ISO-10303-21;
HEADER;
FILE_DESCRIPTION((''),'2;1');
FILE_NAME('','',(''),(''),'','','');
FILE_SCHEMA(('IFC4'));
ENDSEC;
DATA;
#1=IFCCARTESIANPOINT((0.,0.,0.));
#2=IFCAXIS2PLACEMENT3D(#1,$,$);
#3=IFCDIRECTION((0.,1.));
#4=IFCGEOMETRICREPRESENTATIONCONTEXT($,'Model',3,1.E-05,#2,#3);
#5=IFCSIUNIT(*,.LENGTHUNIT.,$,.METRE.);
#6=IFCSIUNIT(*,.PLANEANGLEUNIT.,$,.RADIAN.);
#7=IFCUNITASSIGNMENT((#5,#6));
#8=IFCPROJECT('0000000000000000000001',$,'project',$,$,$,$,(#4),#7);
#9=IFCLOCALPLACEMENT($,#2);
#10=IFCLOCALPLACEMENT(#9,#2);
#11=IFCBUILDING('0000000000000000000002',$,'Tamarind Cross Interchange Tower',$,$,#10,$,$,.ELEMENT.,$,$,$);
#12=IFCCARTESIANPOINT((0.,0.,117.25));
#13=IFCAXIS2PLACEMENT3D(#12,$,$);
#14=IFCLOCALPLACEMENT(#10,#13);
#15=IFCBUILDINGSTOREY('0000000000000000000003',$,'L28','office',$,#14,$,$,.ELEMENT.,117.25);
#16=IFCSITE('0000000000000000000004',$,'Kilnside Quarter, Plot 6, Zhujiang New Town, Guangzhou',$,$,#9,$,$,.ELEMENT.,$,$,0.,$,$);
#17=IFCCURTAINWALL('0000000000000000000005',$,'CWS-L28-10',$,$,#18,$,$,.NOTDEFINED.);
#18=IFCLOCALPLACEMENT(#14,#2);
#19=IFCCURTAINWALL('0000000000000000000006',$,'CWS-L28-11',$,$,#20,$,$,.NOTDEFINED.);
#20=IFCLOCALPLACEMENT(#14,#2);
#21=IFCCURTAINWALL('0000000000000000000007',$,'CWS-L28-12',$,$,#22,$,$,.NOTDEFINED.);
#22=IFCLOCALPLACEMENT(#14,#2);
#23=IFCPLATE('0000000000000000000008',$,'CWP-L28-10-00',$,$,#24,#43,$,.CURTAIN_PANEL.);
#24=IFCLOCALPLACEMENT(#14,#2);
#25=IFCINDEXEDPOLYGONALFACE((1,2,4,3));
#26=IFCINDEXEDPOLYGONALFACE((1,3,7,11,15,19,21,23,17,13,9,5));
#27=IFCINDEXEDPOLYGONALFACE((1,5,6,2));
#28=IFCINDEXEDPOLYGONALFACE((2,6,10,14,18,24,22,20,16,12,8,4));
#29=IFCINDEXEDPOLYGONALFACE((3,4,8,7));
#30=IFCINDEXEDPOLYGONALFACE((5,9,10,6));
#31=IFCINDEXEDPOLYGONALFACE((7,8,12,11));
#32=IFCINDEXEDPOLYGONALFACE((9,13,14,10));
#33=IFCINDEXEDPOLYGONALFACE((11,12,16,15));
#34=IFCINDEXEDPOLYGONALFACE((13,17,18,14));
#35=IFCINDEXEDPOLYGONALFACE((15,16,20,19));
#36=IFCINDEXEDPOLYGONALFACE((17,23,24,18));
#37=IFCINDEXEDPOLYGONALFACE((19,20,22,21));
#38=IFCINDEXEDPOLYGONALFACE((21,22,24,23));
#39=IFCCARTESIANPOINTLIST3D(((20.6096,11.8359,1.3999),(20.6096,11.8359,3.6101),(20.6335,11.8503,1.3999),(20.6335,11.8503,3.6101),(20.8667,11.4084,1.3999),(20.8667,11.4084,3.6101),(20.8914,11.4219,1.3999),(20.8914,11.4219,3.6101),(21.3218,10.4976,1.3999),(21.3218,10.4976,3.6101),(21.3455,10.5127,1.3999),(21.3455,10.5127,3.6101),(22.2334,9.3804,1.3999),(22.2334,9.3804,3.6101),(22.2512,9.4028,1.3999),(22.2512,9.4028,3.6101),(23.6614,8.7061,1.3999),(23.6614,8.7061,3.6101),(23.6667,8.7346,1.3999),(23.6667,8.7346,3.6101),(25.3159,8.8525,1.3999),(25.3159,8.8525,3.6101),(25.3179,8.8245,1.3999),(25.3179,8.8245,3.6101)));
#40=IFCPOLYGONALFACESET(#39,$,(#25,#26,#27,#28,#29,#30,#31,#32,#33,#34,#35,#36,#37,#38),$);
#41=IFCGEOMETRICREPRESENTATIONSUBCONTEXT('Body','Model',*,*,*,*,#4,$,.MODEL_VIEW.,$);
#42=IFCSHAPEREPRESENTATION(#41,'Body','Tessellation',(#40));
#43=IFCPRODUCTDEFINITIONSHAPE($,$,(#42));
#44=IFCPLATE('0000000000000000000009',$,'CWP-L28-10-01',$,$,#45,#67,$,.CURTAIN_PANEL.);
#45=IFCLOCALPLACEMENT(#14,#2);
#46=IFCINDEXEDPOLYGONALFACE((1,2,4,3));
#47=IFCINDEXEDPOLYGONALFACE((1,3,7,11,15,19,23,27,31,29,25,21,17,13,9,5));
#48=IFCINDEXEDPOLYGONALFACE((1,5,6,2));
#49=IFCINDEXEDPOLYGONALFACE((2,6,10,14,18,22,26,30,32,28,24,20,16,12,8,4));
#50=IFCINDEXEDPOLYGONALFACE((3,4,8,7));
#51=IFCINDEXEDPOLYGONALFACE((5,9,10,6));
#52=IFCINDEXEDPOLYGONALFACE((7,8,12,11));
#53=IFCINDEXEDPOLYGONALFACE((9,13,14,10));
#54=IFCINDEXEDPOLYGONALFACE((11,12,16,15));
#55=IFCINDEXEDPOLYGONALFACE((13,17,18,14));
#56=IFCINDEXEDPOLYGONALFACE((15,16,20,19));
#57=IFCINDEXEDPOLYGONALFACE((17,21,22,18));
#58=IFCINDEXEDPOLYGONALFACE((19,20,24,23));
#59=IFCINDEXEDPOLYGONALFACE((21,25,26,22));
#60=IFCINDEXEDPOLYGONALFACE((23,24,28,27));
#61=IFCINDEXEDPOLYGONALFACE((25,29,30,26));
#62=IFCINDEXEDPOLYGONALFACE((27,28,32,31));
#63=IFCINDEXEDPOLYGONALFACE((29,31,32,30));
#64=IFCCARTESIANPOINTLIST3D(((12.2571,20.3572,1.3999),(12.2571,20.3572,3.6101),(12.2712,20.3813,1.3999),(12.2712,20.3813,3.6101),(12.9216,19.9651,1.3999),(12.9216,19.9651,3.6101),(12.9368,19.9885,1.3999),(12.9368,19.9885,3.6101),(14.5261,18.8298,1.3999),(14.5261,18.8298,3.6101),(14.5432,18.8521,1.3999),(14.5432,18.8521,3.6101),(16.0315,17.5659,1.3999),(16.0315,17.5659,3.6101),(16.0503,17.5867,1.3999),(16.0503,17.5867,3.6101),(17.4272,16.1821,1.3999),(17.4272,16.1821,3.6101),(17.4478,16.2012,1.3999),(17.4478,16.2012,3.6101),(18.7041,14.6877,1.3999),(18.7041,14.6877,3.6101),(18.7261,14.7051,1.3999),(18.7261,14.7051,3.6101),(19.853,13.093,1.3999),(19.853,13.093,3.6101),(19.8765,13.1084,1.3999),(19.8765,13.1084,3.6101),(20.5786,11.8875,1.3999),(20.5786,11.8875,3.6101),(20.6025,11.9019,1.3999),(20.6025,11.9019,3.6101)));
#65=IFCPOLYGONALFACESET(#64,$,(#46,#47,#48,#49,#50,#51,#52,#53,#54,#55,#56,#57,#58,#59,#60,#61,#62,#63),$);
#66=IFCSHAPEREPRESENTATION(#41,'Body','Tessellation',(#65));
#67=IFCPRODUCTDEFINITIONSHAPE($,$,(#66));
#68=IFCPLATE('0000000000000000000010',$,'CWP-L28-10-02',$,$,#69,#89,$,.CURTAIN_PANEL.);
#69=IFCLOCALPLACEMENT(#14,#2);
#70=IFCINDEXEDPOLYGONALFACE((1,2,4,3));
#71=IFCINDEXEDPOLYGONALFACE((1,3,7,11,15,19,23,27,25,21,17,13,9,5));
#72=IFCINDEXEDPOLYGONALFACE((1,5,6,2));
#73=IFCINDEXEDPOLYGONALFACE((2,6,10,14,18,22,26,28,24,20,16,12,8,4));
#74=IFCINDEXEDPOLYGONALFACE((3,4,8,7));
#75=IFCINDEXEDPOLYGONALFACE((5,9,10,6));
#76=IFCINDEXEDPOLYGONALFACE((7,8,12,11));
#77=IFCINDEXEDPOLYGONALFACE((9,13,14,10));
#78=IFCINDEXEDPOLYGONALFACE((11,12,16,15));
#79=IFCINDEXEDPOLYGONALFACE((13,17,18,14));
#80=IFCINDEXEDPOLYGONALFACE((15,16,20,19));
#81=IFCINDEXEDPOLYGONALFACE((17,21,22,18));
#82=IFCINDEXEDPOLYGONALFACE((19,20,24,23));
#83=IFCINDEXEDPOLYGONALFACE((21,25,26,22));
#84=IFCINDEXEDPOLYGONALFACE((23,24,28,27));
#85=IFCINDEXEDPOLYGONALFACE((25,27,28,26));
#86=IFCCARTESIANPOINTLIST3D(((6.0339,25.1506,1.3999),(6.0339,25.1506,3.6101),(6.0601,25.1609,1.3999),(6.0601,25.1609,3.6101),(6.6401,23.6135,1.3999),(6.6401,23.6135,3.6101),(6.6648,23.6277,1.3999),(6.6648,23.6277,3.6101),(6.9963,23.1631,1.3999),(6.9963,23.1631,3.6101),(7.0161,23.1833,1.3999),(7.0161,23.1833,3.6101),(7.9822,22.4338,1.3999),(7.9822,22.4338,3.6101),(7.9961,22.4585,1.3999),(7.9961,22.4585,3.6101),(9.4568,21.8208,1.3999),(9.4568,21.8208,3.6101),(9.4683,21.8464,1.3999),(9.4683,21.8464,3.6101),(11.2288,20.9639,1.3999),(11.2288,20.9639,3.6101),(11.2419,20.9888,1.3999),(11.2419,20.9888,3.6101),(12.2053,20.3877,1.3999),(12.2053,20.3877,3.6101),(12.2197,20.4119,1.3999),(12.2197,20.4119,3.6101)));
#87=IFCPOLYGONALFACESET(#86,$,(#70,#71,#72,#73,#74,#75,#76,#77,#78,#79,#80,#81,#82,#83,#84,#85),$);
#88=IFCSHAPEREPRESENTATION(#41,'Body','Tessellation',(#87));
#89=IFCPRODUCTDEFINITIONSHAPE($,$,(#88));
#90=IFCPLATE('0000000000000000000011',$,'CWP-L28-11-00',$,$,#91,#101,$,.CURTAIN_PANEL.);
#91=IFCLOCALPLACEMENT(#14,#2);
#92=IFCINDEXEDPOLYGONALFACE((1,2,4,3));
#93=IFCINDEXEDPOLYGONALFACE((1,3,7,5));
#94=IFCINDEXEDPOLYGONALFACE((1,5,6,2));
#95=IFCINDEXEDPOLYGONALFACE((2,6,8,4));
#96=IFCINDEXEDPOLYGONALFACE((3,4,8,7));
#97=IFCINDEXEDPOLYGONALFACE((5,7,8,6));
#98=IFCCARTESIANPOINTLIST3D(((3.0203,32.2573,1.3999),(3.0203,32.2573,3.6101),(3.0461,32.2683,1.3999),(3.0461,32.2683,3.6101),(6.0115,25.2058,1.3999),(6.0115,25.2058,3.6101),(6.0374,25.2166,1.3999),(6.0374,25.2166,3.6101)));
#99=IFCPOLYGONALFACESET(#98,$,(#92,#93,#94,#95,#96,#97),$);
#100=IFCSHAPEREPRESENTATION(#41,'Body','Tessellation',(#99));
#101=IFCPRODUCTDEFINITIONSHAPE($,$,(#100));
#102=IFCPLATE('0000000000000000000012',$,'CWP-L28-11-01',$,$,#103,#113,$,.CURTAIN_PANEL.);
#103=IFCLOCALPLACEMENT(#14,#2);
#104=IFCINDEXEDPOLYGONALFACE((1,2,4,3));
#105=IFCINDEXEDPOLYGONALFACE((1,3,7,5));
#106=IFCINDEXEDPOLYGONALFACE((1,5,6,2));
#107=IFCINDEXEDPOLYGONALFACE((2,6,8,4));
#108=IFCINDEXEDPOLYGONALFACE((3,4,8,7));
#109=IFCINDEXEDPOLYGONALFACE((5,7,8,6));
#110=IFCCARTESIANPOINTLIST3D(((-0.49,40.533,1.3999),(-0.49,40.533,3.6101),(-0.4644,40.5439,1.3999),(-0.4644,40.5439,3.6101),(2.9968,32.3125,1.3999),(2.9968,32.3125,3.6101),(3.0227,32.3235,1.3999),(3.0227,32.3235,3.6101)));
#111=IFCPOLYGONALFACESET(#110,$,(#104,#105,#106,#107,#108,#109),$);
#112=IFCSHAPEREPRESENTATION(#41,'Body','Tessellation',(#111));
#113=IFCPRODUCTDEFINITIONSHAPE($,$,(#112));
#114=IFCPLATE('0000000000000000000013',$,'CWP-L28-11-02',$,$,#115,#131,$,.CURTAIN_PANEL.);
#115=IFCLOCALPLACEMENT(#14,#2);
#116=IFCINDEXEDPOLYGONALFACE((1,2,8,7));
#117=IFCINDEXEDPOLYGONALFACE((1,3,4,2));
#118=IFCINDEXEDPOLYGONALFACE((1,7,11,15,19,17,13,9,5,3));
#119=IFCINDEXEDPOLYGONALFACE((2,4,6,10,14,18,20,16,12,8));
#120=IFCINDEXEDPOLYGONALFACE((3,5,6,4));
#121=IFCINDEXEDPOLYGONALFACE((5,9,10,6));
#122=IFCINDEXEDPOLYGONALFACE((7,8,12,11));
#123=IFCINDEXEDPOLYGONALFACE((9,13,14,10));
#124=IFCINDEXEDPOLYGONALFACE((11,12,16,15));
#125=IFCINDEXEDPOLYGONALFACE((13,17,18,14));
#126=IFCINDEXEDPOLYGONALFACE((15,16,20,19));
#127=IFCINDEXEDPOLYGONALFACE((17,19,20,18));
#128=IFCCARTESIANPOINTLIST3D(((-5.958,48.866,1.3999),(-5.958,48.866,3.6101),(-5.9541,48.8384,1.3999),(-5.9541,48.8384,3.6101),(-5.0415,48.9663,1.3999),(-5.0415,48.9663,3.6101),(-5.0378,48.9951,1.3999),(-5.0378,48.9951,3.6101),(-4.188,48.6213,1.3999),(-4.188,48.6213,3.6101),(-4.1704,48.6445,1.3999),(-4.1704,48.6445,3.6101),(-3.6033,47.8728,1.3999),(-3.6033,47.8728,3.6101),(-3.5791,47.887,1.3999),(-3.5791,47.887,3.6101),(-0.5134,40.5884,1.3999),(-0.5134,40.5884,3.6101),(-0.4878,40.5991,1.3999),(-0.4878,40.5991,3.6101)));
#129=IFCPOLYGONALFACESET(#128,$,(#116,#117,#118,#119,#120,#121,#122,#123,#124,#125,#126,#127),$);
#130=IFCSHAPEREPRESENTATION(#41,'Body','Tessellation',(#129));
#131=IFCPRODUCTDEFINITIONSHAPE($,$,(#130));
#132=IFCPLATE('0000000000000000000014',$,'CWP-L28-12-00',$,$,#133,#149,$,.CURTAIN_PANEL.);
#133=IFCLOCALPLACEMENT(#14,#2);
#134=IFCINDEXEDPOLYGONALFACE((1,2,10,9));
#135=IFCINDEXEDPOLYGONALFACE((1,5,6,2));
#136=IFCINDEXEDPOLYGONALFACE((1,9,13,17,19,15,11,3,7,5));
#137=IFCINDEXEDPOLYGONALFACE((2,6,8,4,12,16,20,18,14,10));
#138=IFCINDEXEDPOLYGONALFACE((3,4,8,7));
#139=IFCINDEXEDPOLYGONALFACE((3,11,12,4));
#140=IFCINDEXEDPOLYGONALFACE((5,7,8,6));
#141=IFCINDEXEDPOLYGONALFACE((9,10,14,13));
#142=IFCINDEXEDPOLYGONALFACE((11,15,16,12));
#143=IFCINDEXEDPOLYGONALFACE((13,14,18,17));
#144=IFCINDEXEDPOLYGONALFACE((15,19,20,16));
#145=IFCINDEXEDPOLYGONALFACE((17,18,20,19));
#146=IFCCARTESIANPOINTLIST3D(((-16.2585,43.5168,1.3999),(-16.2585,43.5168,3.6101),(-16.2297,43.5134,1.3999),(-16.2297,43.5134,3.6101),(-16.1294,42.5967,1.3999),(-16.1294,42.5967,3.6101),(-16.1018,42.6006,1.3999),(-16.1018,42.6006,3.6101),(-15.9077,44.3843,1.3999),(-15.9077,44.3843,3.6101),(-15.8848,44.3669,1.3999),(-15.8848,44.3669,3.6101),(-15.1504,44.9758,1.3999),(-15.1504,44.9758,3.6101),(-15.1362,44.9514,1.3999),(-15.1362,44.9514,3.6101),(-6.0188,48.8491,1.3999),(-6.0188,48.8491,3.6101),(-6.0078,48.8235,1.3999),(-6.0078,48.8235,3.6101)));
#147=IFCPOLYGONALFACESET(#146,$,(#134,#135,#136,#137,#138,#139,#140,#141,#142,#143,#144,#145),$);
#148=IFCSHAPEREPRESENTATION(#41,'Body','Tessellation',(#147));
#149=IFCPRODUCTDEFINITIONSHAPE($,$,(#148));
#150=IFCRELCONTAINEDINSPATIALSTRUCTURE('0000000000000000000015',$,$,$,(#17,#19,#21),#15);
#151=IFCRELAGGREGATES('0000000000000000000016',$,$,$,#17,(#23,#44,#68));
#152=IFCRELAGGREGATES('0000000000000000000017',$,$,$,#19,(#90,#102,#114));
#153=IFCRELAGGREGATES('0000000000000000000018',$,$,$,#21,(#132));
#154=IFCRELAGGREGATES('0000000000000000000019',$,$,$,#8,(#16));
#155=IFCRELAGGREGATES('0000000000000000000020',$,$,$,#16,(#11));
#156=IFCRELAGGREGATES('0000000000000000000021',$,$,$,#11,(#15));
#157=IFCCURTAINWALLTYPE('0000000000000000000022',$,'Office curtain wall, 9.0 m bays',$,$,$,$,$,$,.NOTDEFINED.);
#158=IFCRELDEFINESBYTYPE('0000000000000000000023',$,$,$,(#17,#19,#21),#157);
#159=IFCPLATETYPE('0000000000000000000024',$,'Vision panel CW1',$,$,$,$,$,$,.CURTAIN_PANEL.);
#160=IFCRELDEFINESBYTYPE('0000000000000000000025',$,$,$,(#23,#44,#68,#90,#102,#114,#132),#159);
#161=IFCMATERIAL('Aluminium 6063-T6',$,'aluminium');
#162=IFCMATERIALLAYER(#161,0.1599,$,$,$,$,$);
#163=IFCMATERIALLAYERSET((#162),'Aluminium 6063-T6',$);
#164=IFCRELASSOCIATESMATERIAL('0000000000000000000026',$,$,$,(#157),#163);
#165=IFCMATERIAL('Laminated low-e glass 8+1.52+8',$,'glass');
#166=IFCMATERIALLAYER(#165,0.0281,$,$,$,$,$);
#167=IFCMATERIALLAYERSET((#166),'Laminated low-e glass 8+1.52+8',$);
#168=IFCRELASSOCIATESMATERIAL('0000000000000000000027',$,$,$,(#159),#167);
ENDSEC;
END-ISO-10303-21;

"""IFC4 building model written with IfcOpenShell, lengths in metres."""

from ifc_helpers import new_model, si_unit, direction, frame, origin, place, context, subcontext, project, spatial, polyline, outline, extrude, material, layer, layer_set, type_object, element, aggregate, save


model = new_model("IFC4")

# Units and contexts
model_context = context("Model", 3, precision=1e-05, world=origin(), true_north=direction((0.0, 1.0)))
body_context = subcontext(model_context, "Body", "Model", "MODEL_VIEW")
ifc_project = project(units=[si_unit("LENGTHUNIT", "METRE"), si_unit("PLANEANGLEUNIT", "RADIAN")], contexts=[model_context])

# Site, building, storey
site_placement = place(None, origin())
site = spatial("IfcSite", under=ifc_project, at=site_placement, Name="Kilnside Quarter, Plot 6, Zhujiang New Town, Guangzhou", CompositionType="ELEMENT", RefElevation=0.0)
building_placement = place(site_placement, origin())
building = spatial("IfcBuilding", under=site, at=building_placement, Name="Tamarind Cross Interchange Tower", CompositionType="ELEMENT")
storey_placement = place(building_placement, frame((0.0, 0.0, 117.25)))
storey = spatial("IfcBuildingStorey", under=building, at=storey_placement, Name="L28", Description="office", CompositionType="ELEMENT", Elevation=117.25)

# Curtain walls
ifc_material_1 = material(Name="Aluminium 6063-T6", Category="aluminium")
ifc_layer_1 = layer(ifc_material_1, 0.1599)
ifc_layer_set_1 = layer_set([ifc_layer_1], Name="Aluminium 6063-T6")
curtain_wall_type = type_object("IfcCurtainWallType", Name="Office curtain wall, 9.0 m bays", PredefinedType="NOTDEFINED", material=ifc_layer_set_1)
curtain_wall_1_placement = place(storey_placement, origin())
curtain_wall_1 = element("IfcCurtainWall", 1, at=curtain_wall_1_placement, inside=storey, type_object=curtain_wall_type, Name="CWS-L28-10", PredefinedType="NOTDEFINED")
curtain_wall_2_placement = place(storey_placement, origin())
curtain_wall_2 = element("IfcCurtainWall", 2, at=curtain_wall_2_placement, inside=storey, type_object=curtain_wall_type, Name="CWS-L28-11", PredefinedType="NOTDEFINED")
curtain_wall_3_placement = place(storey_placement, origin())
curtain_wall_3 = element("IfcCurtainWall", 3, at=curtain_wall_3_placement, inside=storey, type_object=curtain_wall_type, Name="CWS-L28-12", PredefinedType="NOTDEFINED")

# Plates
ifc_material_2 = material(Name="Laminated low-e glass 8+1.52+8", Category="glass")
ifc_layer_2 = layer(ifc_material_2, 0.0281)
ifc_layer_set_2 = layer_set([ifc_layer_2], Name="Laminated low-e glass 8+1.52+8")
plate_type = type_object("IfcPlateType", Name="Vision panel CW1", PredefinedType="CURTAIN_PANEL", material=ifc_layer_set_2)
plate_1_placement = place(storey_placement, frame((0.0, 0.0, 1.3999)))
plate_1 = element("IfcPlate", 4, at=plate_1_placement, type_object=plate_type, Name="CWP-L28-10-00", PredefinedType="CURTAIN_PANEL", context=body_context, shape_type="SweptSolid", body=[
    extrude(outline(polyline([(25.3179, 8.8245), (23.6614, 8.7061), (22.2334, 9.3804), (21.3218, 10.4976), (20.8667, 11.4084), (20.6096, 11.8359), (20.6335, 11.8503), (20.8914, 11.4219), (21.3455, 10.5127), (22.2512, 9.4028), (23.6667, 8.7346), (25.3159, 8.8525), (25.3179, 8.8245)])), origin(), (0.0, 0.0, 1.0), 2.2102),
])
plate_2_placement = place(storey_placement, frame((0.0, 0.0, 1.3999)))
plate_2 = element("IfcPlate", 5, at=plate_2_placement, type_object=plate_type, Name="CWP-L28-10-01", PredefinedType="CURTAIN_PANEL", context=body_context, shape_type="SweptSolid", body=[
    extrude(outline(polyline([(20.5786, 11.8875), (19.853, 13.093), (18.7041, 14.6877), (17.4272, 16.1821), (16.0315, 17.5659), (14.5261, 18.8298), (12.9216, 19.9651), (12.2571, 20.3572), (12.2712, 20.3813), (12.9368, 19.9885), (14.5432, 18.8521), (16.0503, 17.5867), (17.4478, 16.2012), (18.7261, 14.7051), (19.8765, 13.1084), (20.6025, 11.9019), (20.5786, 11.8875)])), origin(), (0.0, 0.0, 1.0), 2.2102),
])
plate_3_placement = place(storey_placement, frame((0.0, 0.0, 1.3999)))
plate_3 = element("IfcPlate", 6, at=plate_3_placement, type_object=plate_type, Name="CWP-L28-10-02", PredefinedType="CURTAIN_PANEL", context=body_context, shape_type="SweptSolid", body=[
    extrude(outline(polyline([(12.2053, 20.3877), (11.2288, 20.9639), (9.4568, 21.8208), (7.9822, 22.4338), (6.9963, 23.1631), (6.6401, 23.6135), (6.0339, 25.1506), (6.0601, 25.1609), (6.6648, 23.6277), (7.0161, 23.1833), (7.9961, 22.4585), (9.4683, 21.8464), (11.2419, 20.9888), (12.2197, 20.4119), (12.2053, 20.3877)])), origin(), (0.0, 0.0, 1.0), 2.2102),
])
aggregate(curtain_wall_1, [plate_1, plate_2, plate_3])
plate_4_placement = place(storey_placement, frame((0.0, 0.0, 1.3999)))
plate_4 = element("IfcPlate", 7, at=plate_4_placement, type_object=plate_type, Name="CWP-L28-11-00", PredefinedType="CURTAIN_PANEL", context=body_context, shape_type="SweptSolid", body=[
    extrude(outline(polyline([(6.0115, 25.2058), (3.0203, 32.2573), (3.0461, 32.2683), (6.0374, 25.2166), (6.0115, 25.2058)])), origin(), (0.0, 0.0, 1.0), 2.2102),
])
plate_5_placement = place(storey_placement, frame((0.0, 0.0, 1.3999)))
plate_5 = element("IfcPlate", 8, at=plate_5_placement, type_object=plate_type, Name="CWP-L28-11-01", PredefinedType="CURTAIN_PANEL", context=body_context, shape_type="SweptSolid", body=[
    extrude(outline(polyline([(2.9968, 32.3125), (-0.49, 40.533), (-0.4644, 40.5439), (3.0227, 32.3235), (2.9968, 32.3125)])), origin(), (0.0, 0.0, 1.0), 2.2102),
])
plate_6_placement = place(storey_placement, frame((0.0, 0.0, 1.3999)))
plate_6 = element("IfcPlate", 9, at=plate_6_placement, type_object=plate_type, Name="CWP-L28-11-02", PredefinedType="CURTAIN_PANEL", context=body_context, shape_type="SweptSolid", body=[
    extrude(outline(polyline([(-0.5134, 40.5884), (-3.6033, 47.8728), (-4.188, 48.6213), (-5.0415, 48.9663), (-5.9541, 48.8384), (-5.958, 48.866), (-5.0378, 48.9951), (-4.1704, 48.6445), (-3.5791, 47.887), (-0.4878, 40.5991), (-0.5134, 40.5884)])), origin(), (0.0, 0.0, 1.0), 2.2102),
])
aggregate(curtain_wall_2, [plate_4, plate_5, plate_6])
plate_7_placement = place(storey_placement, frame((0.0, 0.0, 1.3999)))
plate_7 = element("IfcPlate", 10, at=plate_7_placement, type_object=plate_type, Name="CWP-L28-12-00", PredefinedType="CURTAIN_PANEL", context=body_context, shape_type="SweptSolid", body=[
    extrude(outline(polyline([(-6.0078, 48.8235), (-15.1362, 44.9514), (-15.8848, 44.3669), (-16.2297, 43.5134), (-16.1018, 42.6006), (-16.1294, 42.5967), (-16.2585, 43.5168), (-15.9077, 44.3843), (-15.1504, 44.9758), (-6.0188, 48.8491), (-6.0078, 48.8235)])), origin(), (0.0, 0.0, 1.0), 2.2102),
])
aggregate(curtain_wall_3, [plate_7])

save(model, "model.ifc")
